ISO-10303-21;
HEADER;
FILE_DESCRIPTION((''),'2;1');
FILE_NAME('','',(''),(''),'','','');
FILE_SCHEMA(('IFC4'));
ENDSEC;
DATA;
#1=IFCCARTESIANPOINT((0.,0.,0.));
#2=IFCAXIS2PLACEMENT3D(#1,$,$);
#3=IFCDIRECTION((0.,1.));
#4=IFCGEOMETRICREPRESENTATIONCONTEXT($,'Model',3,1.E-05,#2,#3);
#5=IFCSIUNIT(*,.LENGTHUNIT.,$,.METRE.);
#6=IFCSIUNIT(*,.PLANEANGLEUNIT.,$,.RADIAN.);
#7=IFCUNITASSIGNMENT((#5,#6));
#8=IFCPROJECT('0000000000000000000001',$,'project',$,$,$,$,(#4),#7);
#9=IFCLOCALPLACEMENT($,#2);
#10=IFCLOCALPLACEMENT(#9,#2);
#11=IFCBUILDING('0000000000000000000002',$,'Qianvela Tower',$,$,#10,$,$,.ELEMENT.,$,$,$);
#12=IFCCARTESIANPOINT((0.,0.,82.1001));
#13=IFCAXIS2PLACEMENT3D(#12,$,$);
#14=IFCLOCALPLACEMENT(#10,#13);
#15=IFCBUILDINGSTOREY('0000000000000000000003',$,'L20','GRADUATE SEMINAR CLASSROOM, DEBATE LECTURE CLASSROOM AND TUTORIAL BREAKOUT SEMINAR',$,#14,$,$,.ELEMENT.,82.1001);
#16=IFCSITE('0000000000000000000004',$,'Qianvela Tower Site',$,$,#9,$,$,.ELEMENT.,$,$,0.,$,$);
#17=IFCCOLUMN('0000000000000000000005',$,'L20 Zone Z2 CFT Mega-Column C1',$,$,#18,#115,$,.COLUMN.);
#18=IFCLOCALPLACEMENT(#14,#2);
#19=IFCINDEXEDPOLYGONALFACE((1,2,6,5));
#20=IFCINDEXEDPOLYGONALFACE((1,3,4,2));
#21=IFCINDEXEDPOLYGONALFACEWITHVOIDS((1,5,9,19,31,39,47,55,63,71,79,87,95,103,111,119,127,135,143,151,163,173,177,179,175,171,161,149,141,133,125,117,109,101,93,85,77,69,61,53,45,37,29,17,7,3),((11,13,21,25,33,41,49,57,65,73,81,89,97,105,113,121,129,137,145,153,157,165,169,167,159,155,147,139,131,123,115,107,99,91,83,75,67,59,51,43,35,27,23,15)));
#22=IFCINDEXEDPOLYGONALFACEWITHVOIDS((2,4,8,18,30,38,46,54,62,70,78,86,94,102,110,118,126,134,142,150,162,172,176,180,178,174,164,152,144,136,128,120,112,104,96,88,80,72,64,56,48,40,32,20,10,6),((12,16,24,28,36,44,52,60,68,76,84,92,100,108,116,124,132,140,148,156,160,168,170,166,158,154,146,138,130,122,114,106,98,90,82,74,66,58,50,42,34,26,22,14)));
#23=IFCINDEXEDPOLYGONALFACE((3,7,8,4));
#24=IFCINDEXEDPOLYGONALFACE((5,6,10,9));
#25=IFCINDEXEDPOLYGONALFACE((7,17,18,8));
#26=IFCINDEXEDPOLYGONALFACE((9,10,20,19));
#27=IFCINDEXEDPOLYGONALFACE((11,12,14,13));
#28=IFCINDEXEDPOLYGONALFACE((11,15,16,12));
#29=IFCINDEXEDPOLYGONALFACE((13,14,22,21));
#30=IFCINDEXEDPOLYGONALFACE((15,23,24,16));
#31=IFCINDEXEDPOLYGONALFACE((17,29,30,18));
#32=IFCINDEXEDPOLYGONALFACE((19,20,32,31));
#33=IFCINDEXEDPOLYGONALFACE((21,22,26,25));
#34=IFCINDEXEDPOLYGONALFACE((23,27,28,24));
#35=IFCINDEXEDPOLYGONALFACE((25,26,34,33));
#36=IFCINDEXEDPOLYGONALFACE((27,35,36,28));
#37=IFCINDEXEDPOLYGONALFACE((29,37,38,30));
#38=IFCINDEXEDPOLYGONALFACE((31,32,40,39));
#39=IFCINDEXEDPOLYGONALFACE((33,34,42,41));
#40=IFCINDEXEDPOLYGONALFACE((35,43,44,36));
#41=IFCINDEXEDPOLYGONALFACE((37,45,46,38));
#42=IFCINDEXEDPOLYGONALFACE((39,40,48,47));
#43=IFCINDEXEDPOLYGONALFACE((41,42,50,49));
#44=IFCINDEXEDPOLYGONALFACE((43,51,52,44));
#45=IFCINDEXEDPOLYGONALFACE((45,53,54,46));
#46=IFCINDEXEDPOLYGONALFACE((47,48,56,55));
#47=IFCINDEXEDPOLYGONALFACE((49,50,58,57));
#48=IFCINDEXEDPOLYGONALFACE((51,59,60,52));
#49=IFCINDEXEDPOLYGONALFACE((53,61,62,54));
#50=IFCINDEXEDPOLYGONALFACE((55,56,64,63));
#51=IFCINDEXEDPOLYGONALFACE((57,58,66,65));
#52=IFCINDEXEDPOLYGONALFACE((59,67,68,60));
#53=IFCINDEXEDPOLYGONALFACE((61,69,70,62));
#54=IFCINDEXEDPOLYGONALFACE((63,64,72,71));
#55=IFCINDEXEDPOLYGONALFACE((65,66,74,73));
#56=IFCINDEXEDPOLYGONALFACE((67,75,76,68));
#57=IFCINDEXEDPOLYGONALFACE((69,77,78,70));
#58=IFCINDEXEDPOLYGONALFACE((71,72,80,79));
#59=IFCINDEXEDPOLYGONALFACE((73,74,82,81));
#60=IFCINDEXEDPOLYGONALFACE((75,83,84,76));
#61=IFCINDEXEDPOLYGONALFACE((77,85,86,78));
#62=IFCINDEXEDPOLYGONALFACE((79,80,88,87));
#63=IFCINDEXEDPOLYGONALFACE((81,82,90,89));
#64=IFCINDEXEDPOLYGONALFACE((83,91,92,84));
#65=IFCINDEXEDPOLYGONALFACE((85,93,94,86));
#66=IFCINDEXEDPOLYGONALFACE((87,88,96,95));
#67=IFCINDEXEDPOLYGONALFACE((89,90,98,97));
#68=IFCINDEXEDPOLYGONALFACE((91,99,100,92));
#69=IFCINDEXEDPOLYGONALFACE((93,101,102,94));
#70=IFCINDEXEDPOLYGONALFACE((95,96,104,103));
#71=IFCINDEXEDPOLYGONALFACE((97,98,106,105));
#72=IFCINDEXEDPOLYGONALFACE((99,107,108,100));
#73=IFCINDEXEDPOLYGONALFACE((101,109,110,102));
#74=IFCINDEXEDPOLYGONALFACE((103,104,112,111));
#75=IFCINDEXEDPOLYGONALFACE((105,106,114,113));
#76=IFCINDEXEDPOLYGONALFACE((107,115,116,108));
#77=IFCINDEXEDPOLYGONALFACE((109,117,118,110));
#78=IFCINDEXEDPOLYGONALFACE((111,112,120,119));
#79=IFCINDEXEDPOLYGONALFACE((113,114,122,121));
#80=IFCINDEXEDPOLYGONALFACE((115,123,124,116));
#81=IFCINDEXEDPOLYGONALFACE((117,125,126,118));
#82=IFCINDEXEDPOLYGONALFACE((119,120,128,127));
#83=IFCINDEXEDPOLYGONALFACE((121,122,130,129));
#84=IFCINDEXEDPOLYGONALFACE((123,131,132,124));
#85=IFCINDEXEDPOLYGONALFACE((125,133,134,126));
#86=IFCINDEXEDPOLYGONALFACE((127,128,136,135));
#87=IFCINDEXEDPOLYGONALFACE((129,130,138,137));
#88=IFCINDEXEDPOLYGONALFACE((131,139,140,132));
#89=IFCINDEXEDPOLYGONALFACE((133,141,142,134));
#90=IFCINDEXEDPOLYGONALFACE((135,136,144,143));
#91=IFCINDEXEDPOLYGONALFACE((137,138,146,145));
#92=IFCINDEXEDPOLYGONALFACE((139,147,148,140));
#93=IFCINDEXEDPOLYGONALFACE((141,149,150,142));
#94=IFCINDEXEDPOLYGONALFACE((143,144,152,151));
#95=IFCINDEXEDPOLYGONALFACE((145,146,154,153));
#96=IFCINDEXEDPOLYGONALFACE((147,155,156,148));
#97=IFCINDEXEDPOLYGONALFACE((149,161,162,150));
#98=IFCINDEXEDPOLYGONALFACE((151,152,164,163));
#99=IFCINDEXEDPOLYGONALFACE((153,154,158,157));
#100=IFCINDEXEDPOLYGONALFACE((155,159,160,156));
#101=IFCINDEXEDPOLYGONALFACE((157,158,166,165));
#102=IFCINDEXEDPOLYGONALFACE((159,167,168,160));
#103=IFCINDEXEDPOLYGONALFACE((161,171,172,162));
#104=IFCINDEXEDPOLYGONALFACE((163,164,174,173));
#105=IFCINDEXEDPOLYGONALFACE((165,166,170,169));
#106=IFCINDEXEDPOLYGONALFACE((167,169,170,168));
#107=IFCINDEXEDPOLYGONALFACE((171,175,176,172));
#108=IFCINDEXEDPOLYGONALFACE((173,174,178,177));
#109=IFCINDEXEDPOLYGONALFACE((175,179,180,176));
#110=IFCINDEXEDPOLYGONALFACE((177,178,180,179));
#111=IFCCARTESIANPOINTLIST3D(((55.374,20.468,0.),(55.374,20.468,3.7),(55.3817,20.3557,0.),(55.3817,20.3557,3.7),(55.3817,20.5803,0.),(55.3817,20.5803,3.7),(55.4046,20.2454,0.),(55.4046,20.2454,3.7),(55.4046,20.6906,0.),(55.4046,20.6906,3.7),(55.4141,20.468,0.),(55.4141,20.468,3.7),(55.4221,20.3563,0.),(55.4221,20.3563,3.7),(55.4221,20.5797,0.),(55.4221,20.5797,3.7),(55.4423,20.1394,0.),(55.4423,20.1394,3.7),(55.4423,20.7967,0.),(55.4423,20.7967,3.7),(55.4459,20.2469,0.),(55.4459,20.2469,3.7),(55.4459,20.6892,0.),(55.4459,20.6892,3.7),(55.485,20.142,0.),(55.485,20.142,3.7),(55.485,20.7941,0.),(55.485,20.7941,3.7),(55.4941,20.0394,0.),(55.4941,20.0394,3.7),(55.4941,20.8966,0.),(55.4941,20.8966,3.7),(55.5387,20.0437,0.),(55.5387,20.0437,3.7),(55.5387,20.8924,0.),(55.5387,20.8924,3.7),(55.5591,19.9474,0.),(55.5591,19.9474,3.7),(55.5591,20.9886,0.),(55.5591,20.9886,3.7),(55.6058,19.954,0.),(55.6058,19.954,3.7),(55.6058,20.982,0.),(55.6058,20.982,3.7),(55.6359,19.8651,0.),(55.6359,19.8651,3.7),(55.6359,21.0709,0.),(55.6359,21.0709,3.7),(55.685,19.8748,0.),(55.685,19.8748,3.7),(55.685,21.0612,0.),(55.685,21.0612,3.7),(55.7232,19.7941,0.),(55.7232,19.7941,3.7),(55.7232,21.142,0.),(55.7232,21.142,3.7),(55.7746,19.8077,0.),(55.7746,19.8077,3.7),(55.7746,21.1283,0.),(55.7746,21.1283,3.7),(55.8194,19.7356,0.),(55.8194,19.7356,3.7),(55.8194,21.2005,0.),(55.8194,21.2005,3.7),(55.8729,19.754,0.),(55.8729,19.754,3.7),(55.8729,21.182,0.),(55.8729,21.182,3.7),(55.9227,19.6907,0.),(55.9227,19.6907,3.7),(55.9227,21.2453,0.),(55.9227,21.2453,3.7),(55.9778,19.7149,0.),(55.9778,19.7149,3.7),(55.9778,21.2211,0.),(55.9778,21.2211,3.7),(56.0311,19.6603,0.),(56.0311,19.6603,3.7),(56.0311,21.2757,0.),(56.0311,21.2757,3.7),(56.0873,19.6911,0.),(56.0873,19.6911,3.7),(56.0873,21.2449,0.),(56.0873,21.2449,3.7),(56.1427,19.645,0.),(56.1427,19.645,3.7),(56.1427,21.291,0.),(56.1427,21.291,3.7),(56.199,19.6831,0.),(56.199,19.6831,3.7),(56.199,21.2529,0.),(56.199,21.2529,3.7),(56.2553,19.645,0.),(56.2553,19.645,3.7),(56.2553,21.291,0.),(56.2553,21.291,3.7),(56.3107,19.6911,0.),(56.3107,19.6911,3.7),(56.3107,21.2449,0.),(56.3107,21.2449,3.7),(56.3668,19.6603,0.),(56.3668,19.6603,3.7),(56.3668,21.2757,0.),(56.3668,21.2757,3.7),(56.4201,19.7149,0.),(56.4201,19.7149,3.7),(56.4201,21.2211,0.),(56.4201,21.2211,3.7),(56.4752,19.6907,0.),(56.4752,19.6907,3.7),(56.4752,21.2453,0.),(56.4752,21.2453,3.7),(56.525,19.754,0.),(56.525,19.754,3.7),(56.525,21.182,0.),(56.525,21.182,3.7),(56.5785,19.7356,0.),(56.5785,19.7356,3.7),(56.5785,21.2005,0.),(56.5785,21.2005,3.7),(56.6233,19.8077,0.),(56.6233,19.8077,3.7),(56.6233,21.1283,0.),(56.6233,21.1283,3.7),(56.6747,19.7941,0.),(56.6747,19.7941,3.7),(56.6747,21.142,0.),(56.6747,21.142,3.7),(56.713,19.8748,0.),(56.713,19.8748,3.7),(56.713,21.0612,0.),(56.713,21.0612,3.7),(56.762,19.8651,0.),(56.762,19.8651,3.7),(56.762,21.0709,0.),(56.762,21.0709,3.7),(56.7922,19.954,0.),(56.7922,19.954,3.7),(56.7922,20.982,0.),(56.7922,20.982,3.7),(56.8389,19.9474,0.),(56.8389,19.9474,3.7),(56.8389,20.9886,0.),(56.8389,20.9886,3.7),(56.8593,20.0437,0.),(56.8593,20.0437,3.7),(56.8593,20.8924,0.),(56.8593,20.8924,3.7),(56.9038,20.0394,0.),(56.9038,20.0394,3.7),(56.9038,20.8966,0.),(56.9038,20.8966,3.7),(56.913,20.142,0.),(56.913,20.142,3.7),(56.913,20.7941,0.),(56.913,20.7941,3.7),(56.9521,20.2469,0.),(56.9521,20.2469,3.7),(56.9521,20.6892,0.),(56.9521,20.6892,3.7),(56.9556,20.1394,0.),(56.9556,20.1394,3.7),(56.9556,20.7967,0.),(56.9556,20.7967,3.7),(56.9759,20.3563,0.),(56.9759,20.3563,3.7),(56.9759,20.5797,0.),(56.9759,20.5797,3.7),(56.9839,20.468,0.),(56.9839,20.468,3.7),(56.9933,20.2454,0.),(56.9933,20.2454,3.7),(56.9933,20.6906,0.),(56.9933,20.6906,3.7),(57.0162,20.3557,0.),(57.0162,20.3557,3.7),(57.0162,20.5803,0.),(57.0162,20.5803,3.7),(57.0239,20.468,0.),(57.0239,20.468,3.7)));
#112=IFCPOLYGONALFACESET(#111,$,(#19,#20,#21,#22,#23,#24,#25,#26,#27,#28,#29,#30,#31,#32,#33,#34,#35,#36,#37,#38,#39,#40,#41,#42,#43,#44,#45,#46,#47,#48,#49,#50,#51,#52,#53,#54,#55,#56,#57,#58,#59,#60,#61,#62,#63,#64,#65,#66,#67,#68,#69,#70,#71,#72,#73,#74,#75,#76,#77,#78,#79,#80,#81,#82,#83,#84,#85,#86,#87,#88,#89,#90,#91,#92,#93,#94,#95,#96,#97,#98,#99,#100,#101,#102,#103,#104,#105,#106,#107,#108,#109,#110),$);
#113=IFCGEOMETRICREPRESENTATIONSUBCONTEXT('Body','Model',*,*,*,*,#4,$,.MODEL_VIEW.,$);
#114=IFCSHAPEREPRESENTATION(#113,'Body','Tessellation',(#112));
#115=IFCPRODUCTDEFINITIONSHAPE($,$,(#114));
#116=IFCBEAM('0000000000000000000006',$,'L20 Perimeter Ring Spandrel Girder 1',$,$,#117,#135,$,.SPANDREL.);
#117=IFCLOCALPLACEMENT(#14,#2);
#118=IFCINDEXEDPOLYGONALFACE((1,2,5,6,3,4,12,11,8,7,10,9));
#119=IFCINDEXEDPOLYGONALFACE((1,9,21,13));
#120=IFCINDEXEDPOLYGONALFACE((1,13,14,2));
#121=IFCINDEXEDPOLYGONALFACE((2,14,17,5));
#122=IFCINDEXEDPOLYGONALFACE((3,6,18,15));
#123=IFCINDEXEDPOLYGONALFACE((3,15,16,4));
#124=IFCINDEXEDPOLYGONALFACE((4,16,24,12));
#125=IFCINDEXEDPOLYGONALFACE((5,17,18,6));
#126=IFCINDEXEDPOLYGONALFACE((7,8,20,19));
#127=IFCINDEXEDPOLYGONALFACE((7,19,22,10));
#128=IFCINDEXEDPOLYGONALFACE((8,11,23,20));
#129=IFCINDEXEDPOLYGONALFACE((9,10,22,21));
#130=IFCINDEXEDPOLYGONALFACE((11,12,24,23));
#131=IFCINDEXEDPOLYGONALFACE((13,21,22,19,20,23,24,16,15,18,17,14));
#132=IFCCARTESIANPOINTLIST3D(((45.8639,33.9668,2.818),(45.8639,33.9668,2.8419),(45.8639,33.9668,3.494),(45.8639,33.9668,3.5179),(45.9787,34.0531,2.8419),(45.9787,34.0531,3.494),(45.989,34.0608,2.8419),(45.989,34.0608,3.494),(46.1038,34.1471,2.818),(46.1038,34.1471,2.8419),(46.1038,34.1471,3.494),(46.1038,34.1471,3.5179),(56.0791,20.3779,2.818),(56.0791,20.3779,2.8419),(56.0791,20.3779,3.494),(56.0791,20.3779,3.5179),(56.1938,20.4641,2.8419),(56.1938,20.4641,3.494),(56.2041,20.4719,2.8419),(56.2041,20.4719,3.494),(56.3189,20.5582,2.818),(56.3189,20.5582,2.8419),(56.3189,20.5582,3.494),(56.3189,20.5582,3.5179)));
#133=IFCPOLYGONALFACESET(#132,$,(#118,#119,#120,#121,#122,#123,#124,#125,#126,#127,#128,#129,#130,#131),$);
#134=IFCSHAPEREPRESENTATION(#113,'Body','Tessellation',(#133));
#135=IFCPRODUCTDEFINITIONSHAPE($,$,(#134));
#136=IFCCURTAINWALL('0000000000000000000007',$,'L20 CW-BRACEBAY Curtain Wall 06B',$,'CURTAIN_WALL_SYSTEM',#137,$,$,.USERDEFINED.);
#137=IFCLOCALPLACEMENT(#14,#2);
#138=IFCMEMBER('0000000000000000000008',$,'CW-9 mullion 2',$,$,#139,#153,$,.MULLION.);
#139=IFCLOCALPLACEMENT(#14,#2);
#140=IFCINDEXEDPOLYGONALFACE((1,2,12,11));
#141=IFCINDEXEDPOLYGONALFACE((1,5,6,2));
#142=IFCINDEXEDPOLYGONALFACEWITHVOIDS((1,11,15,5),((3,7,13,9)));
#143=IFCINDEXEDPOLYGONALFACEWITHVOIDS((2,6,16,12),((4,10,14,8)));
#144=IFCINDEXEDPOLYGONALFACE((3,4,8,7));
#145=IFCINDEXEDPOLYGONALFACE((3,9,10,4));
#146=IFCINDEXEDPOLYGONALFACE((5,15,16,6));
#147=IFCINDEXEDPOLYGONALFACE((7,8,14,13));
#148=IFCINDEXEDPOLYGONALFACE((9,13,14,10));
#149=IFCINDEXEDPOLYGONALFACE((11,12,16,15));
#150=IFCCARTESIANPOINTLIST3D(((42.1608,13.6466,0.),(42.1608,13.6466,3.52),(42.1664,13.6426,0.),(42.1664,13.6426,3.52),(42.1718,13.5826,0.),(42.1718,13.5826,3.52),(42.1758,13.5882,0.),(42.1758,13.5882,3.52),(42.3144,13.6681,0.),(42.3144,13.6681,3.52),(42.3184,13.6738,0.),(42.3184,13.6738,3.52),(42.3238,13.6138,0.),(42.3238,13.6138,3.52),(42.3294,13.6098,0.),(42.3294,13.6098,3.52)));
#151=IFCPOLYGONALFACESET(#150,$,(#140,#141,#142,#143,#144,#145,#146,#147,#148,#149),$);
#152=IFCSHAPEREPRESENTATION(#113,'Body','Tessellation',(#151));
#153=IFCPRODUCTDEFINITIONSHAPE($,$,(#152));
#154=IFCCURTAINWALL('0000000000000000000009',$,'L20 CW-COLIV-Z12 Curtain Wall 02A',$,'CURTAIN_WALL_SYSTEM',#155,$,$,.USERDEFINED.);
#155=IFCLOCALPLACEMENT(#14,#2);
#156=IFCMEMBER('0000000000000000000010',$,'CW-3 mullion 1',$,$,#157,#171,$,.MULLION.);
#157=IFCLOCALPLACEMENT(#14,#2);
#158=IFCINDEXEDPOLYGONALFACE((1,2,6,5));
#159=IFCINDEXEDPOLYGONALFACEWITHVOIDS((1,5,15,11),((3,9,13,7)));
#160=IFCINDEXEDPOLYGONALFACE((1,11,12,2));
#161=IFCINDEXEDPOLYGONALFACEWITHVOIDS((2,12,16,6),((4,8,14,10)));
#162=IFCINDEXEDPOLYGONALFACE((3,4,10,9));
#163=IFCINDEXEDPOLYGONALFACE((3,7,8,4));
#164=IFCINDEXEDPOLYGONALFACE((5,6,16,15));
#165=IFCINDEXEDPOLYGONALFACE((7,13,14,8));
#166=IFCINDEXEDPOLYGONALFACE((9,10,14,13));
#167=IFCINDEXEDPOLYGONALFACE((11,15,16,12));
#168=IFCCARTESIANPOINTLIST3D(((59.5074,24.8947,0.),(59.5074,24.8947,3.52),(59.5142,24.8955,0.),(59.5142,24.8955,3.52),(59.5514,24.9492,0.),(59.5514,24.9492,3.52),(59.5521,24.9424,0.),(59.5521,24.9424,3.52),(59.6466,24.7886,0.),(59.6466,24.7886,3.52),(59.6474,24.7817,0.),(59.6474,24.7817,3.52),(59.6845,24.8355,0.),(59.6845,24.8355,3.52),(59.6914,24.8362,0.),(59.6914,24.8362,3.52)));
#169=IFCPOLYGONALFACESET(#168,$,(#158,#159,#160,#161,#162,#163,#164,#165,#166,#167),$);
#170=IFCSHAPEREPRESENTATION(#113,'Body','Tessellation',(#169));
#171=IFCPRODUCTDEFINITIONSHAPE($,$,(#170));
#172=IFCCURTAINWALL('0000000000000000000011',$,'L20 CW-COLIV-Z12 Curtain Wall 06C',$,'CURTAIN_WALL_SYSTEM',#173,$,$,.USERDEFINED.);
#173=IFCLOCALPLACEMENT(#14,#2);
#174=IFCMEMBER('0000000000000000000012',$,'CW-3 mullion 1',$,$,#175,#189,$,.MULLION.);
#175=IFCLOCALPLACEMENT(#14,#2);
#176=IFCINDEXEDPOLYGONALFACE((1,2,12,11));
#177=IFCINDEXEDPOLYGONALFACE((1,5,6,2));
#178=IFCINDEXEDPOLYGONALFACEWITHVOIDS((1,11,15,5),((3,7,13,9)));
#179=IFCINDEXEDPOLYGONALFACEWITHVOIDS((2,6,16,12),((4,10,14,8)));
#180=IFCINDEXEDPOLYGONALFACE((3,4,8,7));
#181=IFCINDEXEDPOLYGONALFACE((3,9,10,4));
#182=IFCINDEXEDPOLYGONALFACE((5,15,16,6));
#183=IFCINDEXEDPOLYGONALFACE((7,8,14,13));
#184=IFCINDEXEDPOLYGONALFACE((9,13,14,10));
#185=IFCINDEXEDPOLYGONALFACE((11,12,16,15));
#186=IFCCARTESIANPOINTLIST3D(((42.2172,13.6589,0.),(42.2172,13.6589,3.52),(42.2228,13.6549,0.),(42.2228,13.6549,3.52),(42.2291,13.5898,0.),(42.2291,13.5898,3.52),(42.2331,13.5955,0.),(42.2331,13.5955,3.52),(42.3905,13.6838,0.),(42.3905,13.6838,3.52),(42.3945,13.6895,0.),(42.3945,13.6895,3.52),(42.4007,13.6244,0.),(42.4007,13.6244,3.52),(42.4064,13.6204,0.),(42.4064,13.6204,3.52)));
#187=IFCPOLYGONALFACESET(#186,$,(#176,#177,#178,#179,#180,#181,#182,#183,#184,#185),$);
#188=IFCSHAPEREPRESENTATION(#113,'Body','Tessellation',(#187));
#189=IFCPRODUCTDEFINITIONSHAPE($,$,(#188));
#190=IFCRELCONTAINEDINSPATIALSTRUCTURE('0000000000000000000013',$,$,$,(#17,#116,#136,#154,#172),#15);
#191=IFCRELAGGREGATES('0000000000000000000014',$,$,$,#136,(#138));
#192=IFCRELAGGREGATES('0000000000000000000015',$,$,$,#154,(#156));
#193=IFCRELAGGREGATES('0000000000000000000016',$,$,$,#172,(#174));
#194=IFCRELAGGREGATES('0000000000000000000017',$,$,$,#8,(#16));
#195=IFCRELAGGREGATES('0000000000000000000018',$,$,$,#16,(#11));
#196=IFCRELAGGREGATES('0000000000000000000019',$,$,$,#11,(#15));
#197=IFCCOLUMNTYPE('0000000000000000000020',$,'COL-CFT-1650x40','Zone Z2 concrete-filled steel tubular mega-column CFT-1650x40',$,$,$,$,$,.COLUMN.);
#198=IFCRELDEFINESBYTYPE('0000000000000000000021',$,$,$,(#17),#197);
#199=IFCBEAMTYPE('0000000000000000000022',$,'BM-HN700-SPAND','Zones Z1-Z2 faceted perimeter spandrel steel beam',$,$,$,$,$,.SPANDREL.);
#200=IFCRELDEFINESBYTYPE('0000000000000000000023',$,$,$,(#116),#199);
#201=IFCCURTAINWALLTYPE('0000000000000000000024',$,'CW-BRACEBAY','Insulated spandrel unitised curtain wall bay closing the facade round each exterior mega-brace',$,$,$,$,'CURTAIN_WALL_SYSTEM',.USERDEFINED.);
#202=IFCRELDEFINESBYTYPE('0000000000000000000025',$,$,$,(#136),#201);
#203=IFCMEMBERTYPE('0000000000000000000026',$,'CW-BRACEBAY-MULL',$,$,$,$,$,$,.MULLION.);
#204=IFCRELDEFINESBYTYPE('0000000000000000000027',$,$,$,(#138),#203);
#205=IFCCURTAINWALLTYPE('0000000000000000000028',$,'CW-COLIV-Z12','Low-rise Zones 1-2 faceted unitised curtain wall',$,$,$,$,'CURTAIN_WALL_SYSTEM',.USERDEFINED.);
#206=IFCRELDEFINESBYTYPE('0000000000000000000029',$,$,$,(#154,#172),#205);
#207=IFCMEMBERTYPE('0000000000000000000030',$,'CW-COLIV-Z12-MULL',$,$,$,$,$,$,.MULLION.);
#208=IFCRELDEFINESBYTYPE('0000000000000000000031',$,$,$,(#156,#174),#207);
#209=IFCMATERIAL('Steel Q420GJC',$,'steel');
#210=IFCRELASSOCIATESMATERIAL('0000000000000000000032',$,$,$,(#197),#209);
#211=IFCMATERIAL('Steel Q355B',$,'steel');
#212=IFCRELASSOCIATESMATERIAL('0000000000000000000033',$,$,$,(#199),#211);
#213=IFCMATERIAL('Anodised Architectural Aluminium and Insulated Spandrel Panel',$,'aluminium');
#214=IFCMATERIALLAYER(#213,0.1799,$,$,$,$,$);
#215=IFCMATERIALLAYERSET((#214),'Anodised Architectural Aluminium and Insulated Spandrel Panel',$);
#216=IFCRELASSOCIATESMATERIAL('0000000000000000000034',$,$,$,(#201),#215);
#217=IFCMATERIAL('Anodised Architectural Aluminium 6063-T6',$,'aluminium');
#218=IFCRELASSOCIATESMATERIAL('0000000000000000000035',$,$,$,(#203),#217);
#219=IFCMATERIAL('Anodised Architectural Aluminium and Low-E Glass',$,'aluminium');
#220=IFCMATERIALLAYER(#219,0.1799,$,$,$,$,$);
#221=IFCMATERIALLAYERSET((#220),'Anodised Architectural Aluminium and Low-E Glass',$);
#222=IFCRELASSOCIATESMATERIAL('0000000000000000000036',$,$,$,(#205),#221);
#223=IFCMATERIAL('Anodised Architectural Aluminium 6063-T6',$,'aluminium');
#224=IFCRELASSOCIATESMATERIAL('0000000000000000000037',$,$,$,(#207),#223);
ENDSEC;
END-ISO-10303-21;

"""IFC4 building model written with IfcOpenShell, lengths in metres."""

from ifc_helpers import new_model, si_unit, direction, frame, origin, origin_2d, place, context, subcontext, project, spatial, hollow_rectangle, hollow_circle, i_section, extrude, material, layer, layer_set, material_profile, profile_set, type_object, element, aggregate, save


model = new_model("IFC4")

# Units and contexts
model_context = context("Model", 3, precision=1e-05, world=origin(), true_north=direction((0.0, 1.0)))
body_context = subcontext(model_context, "Body", "Model", "MODEL_VIEW")
ifc_project = project(units=[si_unit("LENGTHUNIT", "METRE"), si_unit("PLANEANGLEUNIT", "RADIAN")], contexts=[model_context])

# Site, building, storey
site_placement = place(None, origin())
site = spatial("IfcSite", under=ifc_project, at=site_placement, Name="Qianvela Tower Site", CompositionType="ELEMENT", RefElevation=0.0)
building_placement = place(site_placement, origin())
building = spatial("IfcBuilding", under=site, at=building_placement, Name="Qianvela Tower", CompositionType="ELEMENT")
storey_placement = place(building_placement, frame((0.0, 0.0, 82.1001)))
storey = spatial("IfcBuildingStorey", under=building, at=storey_placement, Name="L20", Description="GRADUATE SEMINAR CLASSROOM, DEBATE LECTURE CLASSROOM AND TUTORIAL BREAKOUT SEMINAR", CompositionType="ELEMENT", Elevation=82.1001)

# Column
ifc_material_1 = material(Name="Steel Q420GJC", Category="steel")
ifc_material_profile_1 = material_profile(ifc_material_1, hollow_circle(Radius=0.825, WallThickness=0.04, at=origin_2d()), Name="CFT-1650x40")
ifc_profile_set_1 = profile_set([ifc_material_profile_1], Name="Steel Q420GJC")
column_type = type_object("IfcColumnType", Name="COL-CFT-1650x40", Description="Zone Z2 concrete-filled steel tubular mega-column CFT-1650x40", PredefinedType="COLUMN", material=ifc_profile_set_1)
column_placement = place(storey_placement, frame((56.199, 20.468, 0.0), z_axis=(0.0, 0.0, 1.0), x_axis=(1.0, 0.0, 0.0)))
element("IfcColumn", 1, at=column_placement, inside=storey, type_object=column_type, Name="L20 Zone Z2 CFT Mega-Column C1", PredefinedType="COLUMN", context=body_context, shape_type="SweptSolid", body=[
    extrude(hollow_circle(Radius=0.825, WallThickness=0.04, at=origin_2d()), origin(), (0.0, 0.0, 1.0), 3.7),
])

# Beam
ifc_material_2 = material(Name="Steel Q355B", Category="steel")
ifc_material_profile_2 = material_profile(ifc_material_2, i_section(OverallWidth=0.3, OverallDepth=0.7, WebThickness=0.0129, FlangeThickness=0.0239, at=origin_2d()), Name="HN700x300x13x24")
ifc_profile_set_2 = profile_set([ifc_material_profile_2], Name="Steel Q355B")
beam_type = type_object("IfcBeamType", Name="BM-HN700-SPAND", Description="Zones Z1-Z2 faceted perimeter spandrel steel beam", PredefinedType="SPANDREL", material=ifc_profile_set_2)
beam_placement = place(storey_placement, frame((56.199, 20.468, 3.168), z_axis=(-0.600882, 0.799338, 0.0), x_axis=(-0.799338, -0.600882, 0.0)))
element("IfcBeam", 2, at=beam_placement, inside=storey, type_object=beam_type, Name="L20 Perimeter Ring Spandrel Girder 1", PredefinedType="SPANDREL", context=body_context, shape_type="SweptSolid", body=[
    extrude(i_section(OverallWidth=0.3, OverallDepth=0.7, WebThickness=0.0129, FlangeThickness=0.0239, at=origin_2d()), origin(), (0.0, 0.0, 1.0), 17.0002),
])

# Curtain walls, members
ifc_material_3 = material(Name="Anodised Architectural Aluminium and Insulated Spandrel Panel", Category="aluminium")
ifc_layer_1 = layer(ifc_material_3, 0.1799)
ifc_layer_set_1 = layer_set([ifc_layer_1], Name="Anodised Architectural Aluminium and Insulated Spandrel Panel")
curtain_wall_type_1 = type_object("IfcCurtainWallType", Name="CW-BRACEBAY", Description="Insulated spandrel unitised curtain wall bay closing the facade round each exterior mega-brace", ElementType="CURTAIN_WALL_SYSTEM", PredefinedType="USERDEFINED", material=ifc_layer_set_1)
curtain_wall_1_placement = place(storey_placement, origin())
curtain_wall_1 = element("IfcCurtainWall", 3, at=curtain_wall_1_placement, inside=storey, type_object=curtain_wall_type_1, Name="L20 CW-BRACEBAY Curtain Wall 06B", ObjectType="CURTAIN_WALL_SYSTEM", PredefinedType="USERDEFINED")
ifc_material_4 = material(Name="Anodised Architectural Aluminium 6063-T6", Category="aluminium")
ifc_material_profile_3 = material_profile(ifc_material_4, hollow_rectangle(XDim=0.0649, YDim=0.1599, WallThickness=0.0049, at=origin_2d()), Name="ALU-MULL-65x160")
ifc_profile_set_3 = profile_set([ifc_material_profile_3], Name="Anodised Architectural Aluminium 6063-T6")
member_type_1 = type_object("IfcMemberType", Name="CW-BRACEBAY-MULL", PredefinedType="MULLION", material=ifc_profile_set_3)
member_1_placement = place(storey_placement, frame((42.2451, 13.6282, 0.0), z_axis=(0.0, 0.0, 1.0), x_axis=(-0.170103, 0.985426, 0.0)))
member_1 = element("IfcMember", 4, at=member_1_placement, type_object=member_type_1, Name="CW-9 mullion 2", PredefinedType="MULLION", context=body_context, shape_type="SweptSolid", body=[
    extrude(hollow_rectangle(XDim=0.0649, YDim=0.1599, WallThickness=0.0049, at=origin_2d()), origin(), (0.0, 0.0, 1.0), 3.52),
])
aggregate(curtain_wall_1, [member_1])
ifc_material_5 = material(Name="Anodised Architectural Aluminium and Low-E Glass", Category="aluminium")
ifc_layer_2 = layer(ifc_material_5, 0.1799)
ifc_layer_set_2 = layer_set([ifc_layer_2], Name="Anodised Architectural Aluminium and Low-E Glass")
curtain_wall_type_2 = type_object("IfcCurtainWallType", Name="CW-COLIV-Z12", Description="Low-rise Zones 1-2 faceted unitised curtain wall", ElementType="CURTAIN_WALL_SYSTEM", PredefinedType="USERDEFINED", material=ifc_layer_set_2)
curtain_wall_2_placement = place(storey_placement, origin())
curtain_wall_2 = element("IfcCurtainWall", 5, at=curtain_wall_2_placement, inside=storey, type_object=curtain_wall_type_2, Name="L20 CW-COLIV-Z12 Curtain Wall 02A", ObjectType="CURTAIN_WALL_SYSTEM", PredefinedType="USERDEFINED")
ifc_material_6 = material(Name="Anodised Architectural Aluminium 6063-T6", Category="aluminium")
ifc_material_profile_4 = material_profile(ifc_material_6, hollow_rectangle(XDim=0.0701, YDim=0.1799, WallThickness=0.0049, at=origin_2d()), Name="ALU-MULL-70x180")
ifc_profile_set_4 = profile_set([ifc_material_profile_4], Name="Anodised Architectural Aluminium 6063-T6")
member_type_2 = type_object("IfcMemberType", Name="CW-COLIV-Z12-MULL", PredefinedType="MULLION", material=ifc_profile_set_4)
member_2_placement = place(storey_placement, frame((59.5994, 24.8655, 0.0), z_axis=(0.0, 0.0, 1.0), x_axis=(-0.628142, -0.778099, 0.0)))
member_2 = element("IfcMember", 6, at=member_2_placement, type_object=member_type_2, Name="CW-3 mullion 1", PredefinedType="MULLION", context=body_context, shape_type="SweptSolid", body=[
    extrude(hollow_rectangle(XDim=0.0701, YDim=0.1799, WallThickness=0.0049, at=origin_2d()), origin(), (0.0, 0.0, 1.0), 3.52),
])

# Curtain wall, member
curtain_wall_3_placement = place(storey_placement, origin())
curtain_wall_3 = element("IfcCurtainWall", 7, at=curtain_wall_3_placement, inside=storey, type_object=curtain_wall_type_2, Name="L20 CW-COLIV-Z12 Curtain Wall 06C", ObjectType="CURTAIN_WALL_SYSTEM", PredefinedType="USERDEFINED")
member_3_placement = place(storey_placement, frame((42.3118, 13.6396, 0.0), z_axis=(0.0, 0.0, 1.0), x_axis=(-0.170087, 0.985429, 0.0)))
member_3 = element("IfcMember", 8, at=member_3_placement, type_object=member_type_2, Name="CW-3 mullion 1", PredefinedType="MULLION", context=body_context, shape_type="SweptSolid", body=[
    extrude(hollow_rectangle(XDim=0.0701, YDim=0.1799, WallThickness=0.0049, at=origin_2d()), origin(), (0.0, 0.0, 1.0), 3.52),
])

aggregate(curtain_wall_2, [member_2])
aggregate(curtain_wall_3, [member_3])

save(model, "model.ifc")
